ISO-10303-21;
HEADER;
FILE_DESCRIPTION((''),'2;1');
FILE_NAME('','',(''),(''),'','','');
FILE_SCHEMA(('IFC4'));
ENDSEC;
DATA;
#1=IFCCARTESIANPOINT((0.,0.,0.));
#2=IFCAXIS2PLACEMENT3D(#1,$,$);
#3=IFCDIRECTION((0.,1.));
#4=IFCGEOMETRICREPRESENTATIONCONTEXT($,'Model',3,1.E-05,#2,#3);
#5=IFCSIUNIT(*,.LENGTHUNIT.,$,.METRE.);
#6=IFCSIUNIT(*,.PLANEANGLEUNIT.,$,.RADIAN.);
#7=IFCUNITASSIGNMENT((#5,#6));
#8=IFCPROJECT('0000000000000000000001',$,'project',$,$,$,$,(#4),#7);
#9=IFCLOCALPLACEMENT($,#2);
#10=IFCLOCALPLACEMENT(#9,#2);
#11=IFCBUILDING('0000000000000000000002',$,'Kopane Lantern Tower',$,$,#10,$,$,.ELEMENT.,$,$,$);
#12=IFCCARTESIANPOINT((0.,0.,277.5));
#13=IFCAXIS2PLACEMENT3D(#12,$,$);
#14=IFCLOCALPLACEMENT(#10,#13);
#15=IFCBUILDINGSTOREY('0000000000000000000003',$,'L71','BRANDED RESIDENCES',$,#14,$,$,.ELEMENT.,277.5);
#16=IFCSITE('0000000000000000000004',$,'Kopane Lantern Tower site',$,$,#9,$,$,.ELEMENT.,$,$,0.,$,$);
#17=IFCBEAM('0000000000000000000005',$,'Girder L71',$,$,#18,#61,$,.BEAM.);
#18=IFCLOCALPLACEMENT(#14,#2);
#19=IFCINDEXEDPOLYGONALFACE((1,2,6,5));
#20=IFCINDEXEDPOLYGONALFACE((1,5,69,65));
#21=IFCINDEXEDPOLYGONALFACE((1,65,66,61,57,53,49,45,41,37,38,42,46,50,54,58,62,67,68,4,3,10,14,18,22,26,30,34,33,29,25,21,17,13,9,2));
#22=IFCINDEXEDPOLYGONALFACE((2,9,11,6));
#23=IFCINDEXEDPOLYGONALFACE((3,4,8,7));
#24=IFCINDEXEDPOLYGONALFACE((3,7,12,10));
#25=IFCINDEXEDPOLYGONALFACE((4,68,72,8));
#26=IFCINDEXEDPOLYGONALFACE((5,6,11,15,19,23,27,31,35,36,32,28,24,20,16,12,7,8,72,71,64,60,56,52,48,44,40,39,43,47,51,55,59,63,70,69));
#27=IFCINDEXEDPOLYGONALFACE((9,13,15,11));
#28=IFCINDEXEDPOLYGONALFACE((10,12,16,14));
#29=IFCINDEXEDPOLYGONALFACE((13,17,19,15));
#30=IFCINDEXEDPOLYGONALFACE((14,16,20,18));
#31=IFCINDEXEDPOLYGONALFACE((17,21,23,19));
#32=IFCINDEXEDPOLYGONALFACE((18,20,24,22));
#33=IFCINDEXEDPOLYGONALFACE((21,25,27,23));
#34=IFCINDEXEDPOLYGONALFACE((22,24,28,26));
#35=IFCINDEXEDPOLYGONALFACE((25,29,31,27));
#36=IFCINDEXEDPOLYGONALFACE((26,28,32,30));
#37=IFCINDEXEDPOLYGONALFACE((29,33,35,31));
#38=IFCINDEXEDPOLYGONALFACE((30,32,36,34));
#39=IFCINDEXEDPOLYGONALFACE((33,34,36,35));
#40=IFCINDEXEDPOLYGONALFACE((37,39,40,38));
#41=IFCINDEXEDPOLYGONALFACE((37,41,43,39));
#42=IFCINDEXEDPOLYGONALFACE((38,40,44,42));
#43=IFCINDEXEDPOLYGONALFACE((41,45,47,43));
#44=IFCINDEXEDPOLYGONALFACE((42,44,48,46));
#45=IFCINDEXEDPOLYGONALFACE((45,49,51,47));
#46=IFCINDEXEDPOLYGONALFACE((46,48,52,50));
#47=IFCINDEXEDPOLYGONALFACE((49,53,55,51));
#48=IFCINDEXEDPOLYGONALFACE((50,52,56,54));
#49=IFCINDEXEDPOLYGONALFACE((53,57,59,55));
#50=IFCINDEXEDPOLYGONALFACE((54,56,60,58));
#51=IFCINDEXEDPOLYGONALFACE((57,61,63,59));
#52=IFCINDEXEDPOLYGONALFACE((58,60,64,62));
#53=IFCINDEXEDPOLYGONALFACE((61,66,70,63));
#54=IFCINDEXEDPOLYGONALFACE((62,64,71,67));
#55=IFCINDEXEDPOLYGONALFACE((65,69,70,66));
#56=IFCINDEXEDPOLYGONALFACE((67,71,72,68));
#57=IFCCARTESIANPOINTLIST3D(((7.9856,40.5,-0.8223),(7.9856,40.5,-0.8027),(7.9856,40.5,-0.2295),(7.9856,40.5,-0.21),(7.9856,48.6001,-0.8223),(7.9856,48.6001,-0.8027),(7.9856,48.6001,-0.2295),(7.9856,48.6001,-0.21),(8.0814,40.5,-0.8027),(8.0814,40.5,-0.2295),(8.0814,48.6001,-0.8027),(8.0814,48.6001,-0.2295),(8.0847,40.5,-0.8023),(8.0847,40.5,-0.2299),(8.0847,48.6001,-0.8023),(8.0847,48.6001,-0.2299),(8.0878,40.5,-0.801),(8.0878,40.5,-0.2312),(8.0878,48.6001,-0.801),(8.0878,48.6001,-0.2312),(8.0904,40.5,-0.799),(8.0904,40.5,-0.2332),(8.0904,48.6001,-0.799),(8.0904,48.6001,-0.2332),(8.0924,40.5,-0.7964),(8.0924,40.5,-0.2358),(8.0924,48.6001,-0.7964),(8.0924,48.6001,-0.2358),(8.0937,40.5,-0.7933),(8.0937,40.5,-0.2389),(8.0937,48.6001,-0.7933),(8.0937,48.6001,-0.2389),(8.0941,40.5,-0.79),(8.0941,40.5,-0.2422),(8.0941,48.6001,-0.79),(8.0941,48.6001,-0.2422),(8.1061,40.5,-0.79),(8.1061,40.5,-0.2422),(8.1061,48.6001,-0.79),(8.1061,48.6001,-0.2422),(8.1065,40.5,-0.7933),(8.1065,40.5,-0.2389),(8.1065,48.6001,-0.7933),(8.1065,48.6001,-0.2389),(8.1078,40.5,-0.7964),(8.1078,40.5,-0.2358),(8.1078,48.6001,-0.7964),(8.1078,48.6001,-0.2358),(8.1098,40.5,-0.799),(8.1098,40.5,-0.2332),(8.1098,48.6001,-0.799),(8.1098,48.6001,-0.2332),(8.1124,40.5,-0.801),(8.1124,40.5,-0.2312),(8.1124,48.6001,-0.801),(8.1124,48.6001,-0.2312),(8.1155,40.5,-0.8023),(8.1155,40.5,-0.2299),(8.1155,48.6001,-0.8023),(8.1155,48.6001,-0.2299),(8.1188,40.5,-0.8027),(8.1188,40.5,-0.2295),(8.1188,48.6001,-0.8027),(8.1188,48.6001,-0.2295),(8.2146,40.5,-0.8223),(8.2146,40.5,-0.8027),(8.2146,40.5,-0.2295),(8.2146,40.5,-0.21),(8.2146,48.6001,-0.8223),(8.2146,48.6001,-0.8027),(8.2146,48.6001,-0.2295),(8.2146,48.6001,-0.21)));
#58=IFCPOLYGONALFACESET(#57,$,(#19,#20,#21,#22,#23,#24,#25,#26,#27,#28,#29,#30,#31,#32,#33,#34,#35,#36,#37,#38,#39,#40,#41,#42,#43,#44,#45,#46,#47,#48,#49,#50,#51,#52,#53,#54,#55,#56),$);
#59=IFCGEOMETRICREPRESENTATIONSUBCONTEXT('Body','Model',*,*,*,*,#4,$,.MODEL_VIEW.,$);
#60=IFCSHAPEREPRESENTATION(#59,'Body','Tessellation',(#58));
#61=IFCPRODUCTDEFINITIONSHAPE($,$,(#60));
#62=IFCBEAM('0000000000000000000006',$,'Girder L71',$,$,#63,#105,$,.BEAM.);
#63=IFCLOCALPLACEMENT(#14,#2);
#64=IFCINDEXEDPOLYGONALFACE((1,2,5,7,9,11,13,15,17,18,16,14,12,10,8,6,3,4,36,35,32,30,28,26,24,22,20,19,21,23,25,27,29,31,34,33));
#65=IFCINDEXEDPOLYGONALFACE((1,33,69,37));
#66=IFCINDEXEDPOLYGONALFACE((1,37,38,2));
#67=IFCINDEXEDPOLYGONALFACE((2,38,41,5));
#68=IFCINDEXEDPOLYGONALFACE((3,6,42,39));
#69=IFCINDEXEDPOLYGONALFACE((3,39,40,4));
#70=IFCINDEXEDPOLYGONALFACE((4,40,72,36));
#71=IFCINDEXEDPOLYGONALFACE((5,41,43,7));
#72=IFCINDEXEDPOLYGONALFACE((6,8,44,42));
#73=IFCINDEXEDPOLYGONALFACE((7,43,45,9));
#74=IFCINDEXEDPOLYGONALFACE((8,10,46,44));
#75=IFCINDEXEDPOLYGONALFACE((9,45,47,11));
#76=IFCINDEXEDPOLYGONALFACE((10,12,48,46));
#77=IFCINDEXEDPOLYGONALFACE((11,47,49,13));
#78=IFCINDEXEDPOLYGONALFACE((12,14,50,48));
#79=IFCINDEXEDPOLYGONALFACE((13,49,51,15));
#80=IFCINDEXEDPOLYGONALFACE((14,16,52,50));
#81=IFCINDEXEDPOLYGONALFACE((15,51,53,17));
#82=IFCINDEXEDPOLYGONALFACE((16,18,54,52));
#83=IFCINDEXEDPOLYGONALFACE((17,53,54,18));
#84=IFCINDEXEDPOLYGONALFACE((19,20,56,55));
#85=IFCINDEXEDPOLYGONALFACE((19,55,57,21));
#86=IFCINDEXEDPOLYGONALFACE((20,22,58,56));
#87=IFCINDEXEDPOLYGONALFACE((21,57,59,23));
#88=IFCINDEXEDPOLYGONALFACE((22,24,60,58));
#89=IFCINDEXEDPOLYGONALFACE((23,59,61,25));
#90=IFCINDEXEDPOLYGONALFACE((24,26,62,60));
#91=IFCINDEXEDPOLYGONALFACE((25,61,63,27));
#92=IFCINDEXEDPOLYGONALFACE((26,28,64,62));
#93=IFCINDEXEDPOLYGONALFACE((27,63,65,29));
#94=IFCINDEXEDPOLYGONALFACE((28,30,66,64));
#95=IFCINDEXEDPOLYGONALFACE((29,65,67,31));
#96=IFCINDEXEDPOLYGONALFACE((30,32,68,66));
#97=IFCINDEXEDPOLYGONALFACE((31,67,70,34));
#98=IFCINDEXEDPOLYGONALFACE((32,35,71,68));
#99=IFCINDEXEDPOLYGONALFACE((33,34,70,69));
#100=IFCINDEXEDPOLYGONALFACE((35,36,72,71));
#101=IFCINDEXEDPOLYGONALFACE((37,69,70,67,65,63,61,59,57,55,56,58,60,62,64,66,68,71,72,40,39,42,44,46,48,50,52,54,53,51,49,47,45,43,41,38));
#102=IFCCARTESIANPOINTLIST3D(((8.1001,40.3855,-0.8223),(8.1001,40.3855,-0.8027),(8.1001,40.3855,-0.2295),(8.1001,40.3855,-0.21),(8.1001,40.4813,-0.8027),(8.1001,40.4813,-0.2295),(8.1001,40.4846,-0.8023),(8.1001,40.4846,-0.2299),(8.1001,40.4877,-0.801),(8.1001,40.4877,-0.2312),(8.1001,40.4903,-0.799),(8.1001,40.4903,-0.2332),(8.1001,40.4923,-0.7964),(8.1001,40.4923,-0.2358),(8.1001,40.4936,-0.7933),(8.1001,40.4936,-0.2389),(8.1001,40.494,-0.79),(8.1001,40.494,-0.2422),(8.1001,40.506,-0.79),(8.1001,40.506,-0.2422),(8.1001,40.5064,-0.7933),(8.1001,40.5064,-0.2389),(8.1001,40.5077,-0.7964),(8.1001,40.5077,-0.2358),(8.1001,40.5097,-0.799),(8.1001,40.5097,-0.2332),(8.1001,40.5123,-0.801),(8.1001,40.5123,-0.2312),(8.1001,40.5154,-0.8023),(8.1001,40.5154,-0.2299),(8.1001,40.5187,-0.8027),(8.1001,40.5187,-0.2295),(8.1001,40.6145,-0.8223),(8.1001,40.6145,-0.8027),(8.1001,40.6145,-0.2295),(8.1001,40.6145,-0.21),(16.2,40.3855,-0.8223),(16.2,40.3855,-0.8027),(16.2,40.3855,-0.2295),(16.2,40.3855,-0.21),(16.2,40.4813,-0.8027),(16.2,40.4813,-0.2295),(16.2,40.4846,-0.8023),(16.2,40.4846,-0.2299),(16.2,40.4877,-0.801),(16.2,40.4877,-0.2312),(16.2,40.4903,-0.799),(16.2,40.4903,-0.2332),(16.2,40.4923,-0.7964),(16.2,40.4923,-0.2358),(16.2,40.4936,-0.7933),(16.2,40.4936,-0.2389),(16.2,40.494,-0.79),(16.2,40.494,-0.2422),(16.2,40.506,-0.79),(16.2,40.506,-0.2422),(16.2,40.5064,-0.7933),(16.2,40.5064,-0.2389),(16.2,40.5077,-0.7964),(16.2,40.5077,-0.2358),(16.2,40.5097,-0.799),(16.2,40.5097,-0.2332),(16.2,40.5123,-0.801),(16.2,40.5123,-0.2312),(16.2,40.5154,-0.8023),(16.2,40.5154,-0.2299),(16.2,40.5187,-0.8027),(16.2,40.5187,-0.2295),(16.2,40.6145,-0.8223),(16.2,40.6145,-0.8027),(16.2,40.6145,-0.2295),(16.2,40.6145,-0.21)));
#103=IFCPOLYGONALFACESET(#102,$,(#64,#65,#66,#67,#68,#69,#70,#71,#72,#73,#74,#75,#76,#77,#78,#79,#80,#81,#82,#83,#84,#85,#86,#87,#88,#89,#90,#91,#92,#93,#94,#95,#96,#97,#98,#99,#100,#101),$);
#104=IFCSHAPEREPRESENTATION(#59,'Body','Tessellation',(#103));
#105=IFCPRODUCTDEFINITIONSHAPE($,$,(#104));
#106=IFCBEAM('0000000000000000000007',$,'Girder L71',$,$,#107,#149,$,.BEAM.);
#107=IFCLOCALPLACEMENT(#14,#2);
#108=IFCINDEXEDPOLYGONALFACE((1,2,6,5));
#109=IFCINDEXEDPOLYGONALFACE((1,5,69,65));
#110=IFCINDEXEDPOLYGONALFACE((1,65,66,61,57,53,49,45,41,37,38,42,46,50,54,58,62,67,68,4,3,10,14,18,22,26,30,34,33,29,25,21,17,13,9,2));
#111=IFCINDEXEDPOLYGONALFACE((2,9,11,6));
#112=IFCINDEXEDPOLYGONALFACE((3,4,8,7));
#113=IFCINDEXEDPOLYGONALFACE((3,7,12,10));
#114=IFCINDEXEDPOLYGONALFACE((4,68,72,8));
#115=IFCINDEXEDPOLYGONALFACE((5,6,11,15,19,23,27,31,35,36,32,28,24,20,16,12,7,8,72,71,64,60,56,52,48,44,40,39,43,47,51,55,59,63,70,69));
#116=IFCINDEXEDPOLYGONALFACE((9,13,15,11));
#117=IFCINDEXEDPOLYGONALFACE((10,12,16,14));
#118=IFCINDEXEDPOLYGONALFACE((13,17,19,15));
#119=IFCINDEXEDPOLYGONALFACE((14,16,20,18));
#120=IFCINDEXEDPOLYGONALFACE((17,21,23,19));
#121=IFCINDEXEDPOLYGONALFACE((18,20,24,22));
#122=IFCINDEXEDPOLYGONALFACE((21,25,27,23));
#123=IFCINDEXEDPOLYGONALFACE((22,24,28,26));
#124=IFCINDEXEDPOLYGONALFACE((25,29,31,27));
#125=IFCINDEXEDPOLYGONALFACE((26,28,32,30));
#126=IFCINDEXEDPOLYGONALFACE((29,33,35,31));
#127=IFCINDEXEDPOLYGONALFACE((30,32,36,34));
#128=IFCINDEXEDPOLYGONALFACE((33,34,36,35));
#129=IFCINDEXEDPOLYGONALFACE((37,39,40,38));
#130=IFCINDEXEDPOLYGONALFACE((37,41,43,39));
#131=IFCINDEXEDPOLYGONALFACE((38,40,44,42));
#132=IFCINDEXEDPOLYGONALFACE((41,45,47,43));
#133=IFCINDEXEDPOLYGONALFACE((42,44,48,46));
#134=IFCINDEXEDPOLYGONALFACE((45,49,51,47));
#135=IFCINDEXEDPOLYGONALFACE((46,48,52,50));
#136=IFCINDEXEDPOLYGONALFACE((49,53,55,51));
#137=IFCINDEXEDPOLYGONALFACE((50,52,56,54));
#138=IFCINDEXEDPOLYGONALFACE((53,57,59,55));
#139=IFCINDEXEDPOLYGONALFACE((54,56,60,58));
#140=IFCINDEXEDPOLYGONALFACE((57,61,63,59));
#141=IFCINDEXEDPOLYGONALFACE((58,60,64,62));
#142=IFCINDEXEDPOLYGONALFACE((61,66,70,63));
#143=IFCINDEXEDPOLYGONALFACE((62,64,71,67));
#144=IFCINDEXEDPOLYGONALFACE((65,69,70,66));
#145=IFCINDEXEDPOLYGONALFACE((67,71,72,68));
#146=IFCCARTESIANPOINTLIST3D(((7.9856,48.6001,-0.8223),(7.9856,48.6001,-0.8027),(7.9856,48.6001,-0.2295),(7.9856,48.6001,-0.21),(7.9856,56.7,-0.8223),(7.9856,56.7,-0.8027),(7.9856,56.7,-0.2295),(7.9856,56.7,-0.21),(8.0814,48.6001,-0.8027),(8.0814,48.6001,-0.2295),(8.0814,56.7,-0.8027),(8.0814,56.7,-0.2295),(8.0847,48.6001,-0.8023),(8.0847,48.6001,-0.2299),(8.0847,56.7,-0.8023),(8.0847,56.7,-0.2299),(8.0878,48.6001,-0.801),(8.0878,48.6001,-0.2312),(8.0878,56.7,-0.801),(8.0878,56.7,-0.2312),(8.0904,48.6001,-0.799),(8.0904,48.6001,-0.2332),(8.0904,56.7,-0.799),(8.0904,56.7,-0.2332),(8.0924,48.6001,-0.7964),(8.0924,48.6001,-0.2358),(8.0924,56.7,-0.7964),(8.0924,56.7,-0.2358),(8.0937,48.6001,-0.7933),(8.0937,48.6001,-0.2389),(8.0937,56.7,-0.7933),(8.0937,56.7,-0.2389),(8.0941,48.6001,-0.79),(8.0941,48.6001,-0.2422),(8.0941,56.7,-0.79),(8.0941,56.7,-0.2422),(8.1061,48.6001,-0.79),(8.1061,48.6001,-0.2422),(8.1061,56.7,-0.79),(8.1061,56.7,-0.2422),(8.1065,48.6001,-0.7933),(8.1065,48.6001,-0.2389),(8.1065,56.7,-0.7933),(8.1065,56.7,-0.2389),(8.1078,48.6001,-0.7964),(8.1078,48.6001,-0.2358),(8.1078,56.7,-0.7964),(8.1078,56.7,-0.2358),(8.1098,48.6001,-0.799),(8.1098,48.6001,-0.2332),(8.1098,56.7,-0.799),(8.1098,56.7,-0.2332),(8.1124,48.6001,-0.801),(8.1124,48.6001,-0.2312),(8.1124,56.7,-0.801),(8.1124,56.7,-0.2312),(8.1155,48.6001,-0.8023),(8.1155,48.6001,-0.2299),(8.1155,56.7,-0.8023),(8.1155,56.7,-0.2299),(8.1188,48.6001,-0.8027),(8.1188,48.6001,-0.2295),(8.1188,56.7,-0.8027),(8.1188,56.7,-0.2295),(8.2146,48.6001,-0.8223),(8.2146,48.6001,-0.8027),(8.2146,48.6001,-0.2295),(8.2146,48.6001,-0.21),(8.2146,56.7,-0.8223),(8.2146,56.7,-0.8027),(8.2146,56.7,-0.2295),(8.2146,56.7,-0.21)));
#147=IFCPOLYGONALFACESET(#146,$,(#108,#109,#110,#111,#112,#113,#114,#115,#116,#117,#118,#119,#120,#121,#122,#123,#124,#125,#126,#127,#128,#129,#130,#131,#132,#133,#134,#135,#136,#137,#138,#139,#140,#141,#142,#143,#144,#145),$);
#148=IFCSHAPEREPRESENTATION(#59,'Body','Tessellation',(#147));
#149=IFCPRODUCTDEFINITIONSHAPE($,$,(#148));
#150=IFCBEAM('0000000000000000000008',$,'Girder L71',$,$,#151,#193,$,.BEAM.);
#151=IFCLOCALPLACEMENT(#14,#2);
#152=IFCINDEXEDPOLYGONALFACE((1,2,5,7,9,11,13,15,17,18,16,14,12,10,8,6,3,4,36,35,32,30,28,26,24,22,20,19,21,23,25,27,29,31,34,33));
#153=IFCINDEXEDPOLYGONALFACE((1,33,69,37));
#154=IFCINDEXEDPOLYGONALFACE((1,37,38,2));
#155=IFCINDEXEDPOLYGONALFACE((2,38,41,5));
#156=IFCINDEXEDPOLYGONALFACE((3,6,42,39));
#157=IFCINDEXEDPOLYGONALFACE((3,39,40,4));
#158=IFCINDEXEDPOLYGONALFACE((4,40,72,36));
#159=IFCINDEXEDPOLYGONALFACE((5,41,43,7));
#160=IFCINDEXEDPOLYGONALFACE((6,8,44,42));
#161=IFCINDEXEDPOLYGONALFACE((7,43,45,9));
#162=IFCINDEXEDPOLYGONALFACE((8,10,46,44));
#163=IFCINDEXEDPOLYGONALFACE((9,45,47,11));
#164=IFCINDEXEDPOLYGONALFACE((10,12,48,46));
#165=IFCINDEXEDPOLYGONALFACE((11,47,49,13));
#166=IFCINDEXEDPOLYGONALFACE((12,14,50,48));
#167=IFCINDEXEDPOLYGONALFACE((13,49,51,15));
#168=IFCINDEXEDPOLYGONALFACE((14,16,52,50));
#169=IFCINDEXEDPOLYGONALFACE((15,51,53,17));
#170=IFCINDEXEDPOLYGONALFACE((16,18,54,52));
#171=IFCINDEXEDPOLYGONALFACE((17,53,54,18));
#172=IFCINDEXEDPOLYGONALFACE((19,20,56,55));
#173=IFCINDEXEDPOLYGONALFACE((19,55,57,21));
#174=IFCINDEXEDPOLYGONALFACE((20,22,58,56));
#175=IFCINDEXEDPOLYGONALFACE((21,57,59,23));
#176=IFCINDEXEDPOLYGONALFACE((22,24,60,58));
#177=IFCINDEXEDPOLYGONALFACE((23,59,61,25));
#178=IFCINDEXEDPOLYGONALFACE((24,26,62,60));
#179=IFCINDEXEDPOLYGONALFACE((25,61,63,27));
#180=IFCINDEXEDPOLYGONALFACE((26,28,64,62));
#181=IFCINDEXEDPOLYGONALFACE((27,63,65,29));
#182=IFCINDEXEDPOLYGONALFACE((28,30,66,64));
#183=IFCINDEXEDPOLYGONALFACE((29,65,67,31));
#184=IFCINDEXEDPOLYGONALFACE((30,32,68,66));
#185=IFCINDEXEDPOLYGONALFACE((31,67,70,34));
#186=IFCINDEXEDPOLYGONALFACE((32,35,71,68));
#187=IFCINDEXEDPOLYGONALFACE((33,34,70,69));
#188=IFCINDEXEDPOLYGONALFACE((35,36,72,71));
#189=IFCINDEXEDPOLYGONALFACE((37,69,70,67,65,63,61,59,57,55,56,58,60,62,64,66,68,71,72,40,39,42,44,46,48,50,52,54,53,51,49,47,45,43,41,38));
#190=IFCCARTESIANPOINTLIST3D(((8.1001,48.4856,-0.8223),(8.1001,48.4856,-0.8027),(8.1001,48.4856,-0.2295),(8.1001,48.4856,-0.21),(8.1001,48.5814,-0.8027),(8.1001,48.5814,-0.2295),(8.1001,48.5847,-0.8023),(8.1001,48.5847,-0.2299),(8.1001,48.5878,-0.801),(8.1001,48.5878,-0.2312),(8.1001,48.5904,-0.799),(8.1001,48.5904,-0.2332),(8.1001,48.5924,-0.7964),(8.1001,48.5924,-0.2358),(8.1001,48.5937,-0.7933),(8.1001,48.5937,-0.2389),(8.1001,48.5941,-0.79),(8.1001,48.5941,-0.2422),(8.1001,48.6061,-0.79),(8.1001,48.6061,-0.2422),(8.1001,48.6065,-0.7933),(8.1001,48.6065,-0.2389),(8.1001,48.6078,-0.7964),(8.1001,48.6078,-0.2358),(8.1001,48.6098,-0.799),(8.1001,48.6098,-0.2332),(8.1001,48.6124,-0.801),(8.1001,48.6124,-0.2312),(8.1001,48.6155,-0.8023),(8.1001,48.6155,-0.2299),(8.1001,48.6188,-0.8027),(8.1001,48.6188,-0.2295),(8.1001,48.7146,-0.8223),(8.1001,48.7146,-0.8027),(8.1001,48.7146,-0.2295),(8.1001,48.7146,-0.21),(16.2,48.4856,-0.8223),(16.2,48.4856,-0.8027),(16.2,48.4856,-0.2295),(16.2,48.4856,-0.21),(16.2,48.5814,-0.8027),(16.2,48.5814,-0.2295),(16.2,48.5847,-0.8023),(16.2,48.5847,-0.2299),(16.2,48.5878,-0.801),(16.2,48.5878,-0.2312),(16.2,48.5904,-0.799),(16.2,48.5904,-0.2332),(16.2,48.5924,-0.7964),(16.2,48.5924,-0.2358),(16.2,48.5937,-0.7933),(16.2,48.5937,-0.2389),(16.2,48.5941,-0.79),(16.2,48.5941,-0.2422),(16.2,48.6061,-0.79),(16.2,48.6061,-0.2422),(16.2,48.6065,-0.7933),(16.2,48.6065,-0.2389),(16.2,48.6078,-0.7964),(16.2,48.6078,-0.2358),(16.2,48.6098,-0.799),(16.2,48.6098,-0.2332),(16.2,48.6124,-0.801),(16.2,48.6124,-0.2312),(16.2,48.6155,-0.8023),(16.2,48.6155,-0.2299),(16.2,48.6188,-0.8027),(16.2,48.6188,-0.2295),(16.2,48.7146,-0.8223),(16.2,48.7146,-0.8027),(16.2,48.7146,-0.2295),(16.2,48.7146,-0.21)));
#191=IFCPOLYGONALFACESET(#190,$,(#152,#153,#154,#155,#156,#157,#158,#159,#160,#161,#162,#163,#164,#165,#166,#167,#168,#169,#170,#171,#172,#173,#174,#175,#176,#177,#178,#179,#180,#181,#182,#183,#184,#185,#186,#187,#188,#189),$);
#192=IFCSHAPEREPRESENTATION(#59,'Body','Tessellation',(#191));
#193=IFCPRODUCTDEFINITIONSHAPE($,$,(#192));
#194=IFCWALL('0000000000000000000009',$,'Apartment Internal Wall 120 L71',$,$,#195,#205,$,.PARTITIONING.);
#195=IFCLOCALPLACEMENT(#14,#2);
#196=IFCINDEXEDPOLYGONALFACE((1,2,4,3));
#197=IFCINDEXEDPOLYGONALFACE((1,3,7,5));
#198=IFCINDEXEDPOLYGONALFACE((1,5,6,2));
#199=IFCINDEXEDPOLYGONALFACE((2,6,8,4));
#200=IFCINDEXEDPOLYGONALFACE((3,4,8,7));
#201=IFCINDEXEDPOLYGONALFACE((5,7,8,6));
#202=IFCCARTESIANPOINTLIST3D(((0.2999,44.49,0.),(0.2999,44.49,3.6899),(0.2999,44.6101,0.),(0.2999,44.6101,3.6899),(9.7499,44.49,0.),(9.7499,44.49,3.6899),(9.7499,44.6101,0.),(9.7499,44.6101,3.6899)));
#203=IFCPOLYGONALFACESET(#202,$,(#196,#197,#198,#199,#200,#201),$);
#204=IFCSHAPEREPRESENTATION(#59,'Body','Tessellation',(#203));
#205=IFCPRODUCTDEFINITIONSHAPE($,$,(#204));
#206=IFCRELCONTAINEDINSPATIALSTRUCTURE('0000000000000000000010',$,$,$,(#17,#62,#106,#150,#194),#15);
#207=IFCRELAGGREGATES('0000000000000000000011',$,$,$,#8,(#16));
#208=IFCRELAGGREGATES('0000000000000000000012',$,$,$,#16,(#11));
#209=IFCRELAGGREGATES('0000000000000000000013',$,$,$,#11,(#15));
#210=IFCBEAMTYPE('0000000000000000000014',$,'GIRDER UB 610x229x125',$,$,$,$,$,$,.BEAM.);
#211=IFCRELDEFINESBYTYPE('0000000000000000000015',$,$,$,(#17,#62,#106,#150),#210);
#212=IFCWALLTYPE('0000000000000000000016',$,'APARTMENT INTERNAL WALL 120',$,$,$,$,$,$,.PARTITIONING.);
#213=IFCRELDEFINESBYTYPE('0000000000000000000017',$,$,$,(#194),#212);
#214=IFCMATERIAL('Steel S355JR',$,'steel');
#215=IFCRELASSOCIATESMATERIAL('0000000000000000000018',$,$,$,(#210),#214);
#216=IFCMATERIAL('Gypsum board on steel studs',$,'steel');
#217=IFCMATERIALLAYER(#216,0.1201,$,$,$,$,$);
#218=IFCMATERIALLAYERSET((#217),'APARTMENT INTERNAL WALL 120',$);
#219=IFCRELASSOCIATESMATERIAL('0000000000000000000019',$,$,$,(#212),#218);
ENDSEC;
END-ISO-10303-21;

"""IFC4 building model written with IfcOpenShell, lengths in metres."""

from ifc_helpers import new_model, si_unit, direction, frame, frame_2d, origin, origin_2d, place, context, subcontext, project, spatial, rectangle, i_section, extrude, material, layer, layer_set, material_profile, profile_set, type_object, element, save


model = new_model("IFC4")

# Units and contexts
model_context = context("Model", 3, precision=1e-05, world=origin(), true_north=direction((0.0, 1.0)))
body_context = subcontext(model_context, "Body", "Model", "MODEL_VIEW")
ifc_project = project(units=[si_unit("LENGTHUNIT", "METRE"), si_unit("PLANEANGLEUNIT", "RADIAN")], contexts=[model_context])

# Site, building, storey
site_placement = place(None, origin())
site = spatial("IfcSite", under=ifc_project, at=site_placement, Name="Kopane Lantern Tower site", CompositionType="ELEMENT", RefElevation=0.0)
building_placement = place(site_placement, origin())
building = spatial("IfcBuilding", under=site, at=building_placement, Name="Kopane Lantern Tower", CompositionType="ELEMENT")
storey_placement = place(building_placement, frame((0.0, 0.0, 277.5)))
storey = spatial("IfcBuildingStorey", under=building, at=storey_placement, Name="L71", Description="BRANDED RESIDENCES", CompositionType="ELEMENT", Elevation=277.5)

# Beams
ifc_material_1 = material(Name="Steel S355JR", Category="steel")
ifc_material_profile_1 = material_profile(ifc_material_1, i_section(OverallWidth=0.229, OverallDepth=0.6123, WebThickness=0.012, FlangeThickness=0.0195, FilletRadius=0.0127, at=origin_2d()), Name="UB 610x229x125")
ifc_profile_set_1 = profile_set([ifc_material_profile_1], Name="Steel S355JR")
beam_type = type_object("IfcBeamType", Name="GIRDER UB 610x229x125", PredefinedType="BEAM", material=ifc_profile_set_1)
for number, where, z_axis, x_axis, name in (
    (1, (8.1001, 40.5, -0.5161), (0.0, 1.0, 0.0), (-1.0, 0.0, 0.0), "Girder L71"),
):
    element("IfcBeam", number, at=place(storey_placement, frame(where, z_axis=z_axis, x_axis=x_axis)), inside=storey, type_object=beam_type, Name=name, PredefinedType="BEAM", context=body_context, shape_type="SweptSolid", body=[
        extrude(i_section(OverallWidth=0.229, OverallDepth=0.6123, WebThickness=0.012, FlangeThickness=0.0195, FilletRadius=0.0127, at=origin_2d()), origin(), (0.0, 0.0, 1.0), 8.1001),
    ])
for number, where, z_axis, x_axis, name in (
    (2, (8.1001, 40.5, -0.5161), (1.0, 0.0, 0.0), (0.0, 1.0, 0.0), "Girder L71"),
    (3, (8.1001, 48.6001, -0.5161), (0.0, 1.0, 0.0), (-1.0, 0.0, 0.0), "Girder L71"),
    (4, (8.1001, 48.6001, -0.5161), (1.0, 0.0, 0.0), (0.0, 1.0, 0.0), "Girder L71"),
):
    element("IfcBeam", number, at=place(storey_placement, frame(where, z_axis=z_axis, x_axis=x_axis)), inside=storey, type_object=beam_type, Name=name, PredefinedType="BEAM", context=body_context, shape_type="SweptSolid", body=[
        extrude(i_section(OverallWidth=0.229, OverallDepth=0.6123, WebThickness=0.012, FlangeThickness=0.0195, FilletRadius=0.0127, at=origin_2d()), origin(), (0.0, 0.0, 1.0), 8.0999),
    ])

# Wall
ifc_material_2 = material(Name="Gypsum board on steel studs", Category="steel")
ifc_layer_1 = layer(ifc_material_2, 0.1201)
ifc_layer_set_1 = layer_set([ifc_layer_1], Name="APARTMENT INTERNAL WALL 120")
wall_type_1 = type_object("IfcWallType", Name="APARTMENT INTERNAL WALL 120", PredefinedType="PARTITIONING", material=ifc_layer_set_1)
wall_1_placement = place(storey_placement, frame((9.75, 44.55, 0.0), z_axis=(0.0, 0.0, 1.0), x_axis=(-1.0, 0.0, 0.0)))
element("IfcWall", 5, at=wall_1_placement, inside=storey, type_object=wall_type_1, Name="Apartment Internal Wall 120 L71", PredefinedType="PARTITIONING", context=body_context, shape_type="SweptSolid", body=[
    extrude(rectangle(XDim=9.45, YDim=0.1201, at=frame_2d((4.7251, 0.0))), origin(), (0.0, 0.0, 1.0), 3.6899),
])

save(model, "model.ifc")
